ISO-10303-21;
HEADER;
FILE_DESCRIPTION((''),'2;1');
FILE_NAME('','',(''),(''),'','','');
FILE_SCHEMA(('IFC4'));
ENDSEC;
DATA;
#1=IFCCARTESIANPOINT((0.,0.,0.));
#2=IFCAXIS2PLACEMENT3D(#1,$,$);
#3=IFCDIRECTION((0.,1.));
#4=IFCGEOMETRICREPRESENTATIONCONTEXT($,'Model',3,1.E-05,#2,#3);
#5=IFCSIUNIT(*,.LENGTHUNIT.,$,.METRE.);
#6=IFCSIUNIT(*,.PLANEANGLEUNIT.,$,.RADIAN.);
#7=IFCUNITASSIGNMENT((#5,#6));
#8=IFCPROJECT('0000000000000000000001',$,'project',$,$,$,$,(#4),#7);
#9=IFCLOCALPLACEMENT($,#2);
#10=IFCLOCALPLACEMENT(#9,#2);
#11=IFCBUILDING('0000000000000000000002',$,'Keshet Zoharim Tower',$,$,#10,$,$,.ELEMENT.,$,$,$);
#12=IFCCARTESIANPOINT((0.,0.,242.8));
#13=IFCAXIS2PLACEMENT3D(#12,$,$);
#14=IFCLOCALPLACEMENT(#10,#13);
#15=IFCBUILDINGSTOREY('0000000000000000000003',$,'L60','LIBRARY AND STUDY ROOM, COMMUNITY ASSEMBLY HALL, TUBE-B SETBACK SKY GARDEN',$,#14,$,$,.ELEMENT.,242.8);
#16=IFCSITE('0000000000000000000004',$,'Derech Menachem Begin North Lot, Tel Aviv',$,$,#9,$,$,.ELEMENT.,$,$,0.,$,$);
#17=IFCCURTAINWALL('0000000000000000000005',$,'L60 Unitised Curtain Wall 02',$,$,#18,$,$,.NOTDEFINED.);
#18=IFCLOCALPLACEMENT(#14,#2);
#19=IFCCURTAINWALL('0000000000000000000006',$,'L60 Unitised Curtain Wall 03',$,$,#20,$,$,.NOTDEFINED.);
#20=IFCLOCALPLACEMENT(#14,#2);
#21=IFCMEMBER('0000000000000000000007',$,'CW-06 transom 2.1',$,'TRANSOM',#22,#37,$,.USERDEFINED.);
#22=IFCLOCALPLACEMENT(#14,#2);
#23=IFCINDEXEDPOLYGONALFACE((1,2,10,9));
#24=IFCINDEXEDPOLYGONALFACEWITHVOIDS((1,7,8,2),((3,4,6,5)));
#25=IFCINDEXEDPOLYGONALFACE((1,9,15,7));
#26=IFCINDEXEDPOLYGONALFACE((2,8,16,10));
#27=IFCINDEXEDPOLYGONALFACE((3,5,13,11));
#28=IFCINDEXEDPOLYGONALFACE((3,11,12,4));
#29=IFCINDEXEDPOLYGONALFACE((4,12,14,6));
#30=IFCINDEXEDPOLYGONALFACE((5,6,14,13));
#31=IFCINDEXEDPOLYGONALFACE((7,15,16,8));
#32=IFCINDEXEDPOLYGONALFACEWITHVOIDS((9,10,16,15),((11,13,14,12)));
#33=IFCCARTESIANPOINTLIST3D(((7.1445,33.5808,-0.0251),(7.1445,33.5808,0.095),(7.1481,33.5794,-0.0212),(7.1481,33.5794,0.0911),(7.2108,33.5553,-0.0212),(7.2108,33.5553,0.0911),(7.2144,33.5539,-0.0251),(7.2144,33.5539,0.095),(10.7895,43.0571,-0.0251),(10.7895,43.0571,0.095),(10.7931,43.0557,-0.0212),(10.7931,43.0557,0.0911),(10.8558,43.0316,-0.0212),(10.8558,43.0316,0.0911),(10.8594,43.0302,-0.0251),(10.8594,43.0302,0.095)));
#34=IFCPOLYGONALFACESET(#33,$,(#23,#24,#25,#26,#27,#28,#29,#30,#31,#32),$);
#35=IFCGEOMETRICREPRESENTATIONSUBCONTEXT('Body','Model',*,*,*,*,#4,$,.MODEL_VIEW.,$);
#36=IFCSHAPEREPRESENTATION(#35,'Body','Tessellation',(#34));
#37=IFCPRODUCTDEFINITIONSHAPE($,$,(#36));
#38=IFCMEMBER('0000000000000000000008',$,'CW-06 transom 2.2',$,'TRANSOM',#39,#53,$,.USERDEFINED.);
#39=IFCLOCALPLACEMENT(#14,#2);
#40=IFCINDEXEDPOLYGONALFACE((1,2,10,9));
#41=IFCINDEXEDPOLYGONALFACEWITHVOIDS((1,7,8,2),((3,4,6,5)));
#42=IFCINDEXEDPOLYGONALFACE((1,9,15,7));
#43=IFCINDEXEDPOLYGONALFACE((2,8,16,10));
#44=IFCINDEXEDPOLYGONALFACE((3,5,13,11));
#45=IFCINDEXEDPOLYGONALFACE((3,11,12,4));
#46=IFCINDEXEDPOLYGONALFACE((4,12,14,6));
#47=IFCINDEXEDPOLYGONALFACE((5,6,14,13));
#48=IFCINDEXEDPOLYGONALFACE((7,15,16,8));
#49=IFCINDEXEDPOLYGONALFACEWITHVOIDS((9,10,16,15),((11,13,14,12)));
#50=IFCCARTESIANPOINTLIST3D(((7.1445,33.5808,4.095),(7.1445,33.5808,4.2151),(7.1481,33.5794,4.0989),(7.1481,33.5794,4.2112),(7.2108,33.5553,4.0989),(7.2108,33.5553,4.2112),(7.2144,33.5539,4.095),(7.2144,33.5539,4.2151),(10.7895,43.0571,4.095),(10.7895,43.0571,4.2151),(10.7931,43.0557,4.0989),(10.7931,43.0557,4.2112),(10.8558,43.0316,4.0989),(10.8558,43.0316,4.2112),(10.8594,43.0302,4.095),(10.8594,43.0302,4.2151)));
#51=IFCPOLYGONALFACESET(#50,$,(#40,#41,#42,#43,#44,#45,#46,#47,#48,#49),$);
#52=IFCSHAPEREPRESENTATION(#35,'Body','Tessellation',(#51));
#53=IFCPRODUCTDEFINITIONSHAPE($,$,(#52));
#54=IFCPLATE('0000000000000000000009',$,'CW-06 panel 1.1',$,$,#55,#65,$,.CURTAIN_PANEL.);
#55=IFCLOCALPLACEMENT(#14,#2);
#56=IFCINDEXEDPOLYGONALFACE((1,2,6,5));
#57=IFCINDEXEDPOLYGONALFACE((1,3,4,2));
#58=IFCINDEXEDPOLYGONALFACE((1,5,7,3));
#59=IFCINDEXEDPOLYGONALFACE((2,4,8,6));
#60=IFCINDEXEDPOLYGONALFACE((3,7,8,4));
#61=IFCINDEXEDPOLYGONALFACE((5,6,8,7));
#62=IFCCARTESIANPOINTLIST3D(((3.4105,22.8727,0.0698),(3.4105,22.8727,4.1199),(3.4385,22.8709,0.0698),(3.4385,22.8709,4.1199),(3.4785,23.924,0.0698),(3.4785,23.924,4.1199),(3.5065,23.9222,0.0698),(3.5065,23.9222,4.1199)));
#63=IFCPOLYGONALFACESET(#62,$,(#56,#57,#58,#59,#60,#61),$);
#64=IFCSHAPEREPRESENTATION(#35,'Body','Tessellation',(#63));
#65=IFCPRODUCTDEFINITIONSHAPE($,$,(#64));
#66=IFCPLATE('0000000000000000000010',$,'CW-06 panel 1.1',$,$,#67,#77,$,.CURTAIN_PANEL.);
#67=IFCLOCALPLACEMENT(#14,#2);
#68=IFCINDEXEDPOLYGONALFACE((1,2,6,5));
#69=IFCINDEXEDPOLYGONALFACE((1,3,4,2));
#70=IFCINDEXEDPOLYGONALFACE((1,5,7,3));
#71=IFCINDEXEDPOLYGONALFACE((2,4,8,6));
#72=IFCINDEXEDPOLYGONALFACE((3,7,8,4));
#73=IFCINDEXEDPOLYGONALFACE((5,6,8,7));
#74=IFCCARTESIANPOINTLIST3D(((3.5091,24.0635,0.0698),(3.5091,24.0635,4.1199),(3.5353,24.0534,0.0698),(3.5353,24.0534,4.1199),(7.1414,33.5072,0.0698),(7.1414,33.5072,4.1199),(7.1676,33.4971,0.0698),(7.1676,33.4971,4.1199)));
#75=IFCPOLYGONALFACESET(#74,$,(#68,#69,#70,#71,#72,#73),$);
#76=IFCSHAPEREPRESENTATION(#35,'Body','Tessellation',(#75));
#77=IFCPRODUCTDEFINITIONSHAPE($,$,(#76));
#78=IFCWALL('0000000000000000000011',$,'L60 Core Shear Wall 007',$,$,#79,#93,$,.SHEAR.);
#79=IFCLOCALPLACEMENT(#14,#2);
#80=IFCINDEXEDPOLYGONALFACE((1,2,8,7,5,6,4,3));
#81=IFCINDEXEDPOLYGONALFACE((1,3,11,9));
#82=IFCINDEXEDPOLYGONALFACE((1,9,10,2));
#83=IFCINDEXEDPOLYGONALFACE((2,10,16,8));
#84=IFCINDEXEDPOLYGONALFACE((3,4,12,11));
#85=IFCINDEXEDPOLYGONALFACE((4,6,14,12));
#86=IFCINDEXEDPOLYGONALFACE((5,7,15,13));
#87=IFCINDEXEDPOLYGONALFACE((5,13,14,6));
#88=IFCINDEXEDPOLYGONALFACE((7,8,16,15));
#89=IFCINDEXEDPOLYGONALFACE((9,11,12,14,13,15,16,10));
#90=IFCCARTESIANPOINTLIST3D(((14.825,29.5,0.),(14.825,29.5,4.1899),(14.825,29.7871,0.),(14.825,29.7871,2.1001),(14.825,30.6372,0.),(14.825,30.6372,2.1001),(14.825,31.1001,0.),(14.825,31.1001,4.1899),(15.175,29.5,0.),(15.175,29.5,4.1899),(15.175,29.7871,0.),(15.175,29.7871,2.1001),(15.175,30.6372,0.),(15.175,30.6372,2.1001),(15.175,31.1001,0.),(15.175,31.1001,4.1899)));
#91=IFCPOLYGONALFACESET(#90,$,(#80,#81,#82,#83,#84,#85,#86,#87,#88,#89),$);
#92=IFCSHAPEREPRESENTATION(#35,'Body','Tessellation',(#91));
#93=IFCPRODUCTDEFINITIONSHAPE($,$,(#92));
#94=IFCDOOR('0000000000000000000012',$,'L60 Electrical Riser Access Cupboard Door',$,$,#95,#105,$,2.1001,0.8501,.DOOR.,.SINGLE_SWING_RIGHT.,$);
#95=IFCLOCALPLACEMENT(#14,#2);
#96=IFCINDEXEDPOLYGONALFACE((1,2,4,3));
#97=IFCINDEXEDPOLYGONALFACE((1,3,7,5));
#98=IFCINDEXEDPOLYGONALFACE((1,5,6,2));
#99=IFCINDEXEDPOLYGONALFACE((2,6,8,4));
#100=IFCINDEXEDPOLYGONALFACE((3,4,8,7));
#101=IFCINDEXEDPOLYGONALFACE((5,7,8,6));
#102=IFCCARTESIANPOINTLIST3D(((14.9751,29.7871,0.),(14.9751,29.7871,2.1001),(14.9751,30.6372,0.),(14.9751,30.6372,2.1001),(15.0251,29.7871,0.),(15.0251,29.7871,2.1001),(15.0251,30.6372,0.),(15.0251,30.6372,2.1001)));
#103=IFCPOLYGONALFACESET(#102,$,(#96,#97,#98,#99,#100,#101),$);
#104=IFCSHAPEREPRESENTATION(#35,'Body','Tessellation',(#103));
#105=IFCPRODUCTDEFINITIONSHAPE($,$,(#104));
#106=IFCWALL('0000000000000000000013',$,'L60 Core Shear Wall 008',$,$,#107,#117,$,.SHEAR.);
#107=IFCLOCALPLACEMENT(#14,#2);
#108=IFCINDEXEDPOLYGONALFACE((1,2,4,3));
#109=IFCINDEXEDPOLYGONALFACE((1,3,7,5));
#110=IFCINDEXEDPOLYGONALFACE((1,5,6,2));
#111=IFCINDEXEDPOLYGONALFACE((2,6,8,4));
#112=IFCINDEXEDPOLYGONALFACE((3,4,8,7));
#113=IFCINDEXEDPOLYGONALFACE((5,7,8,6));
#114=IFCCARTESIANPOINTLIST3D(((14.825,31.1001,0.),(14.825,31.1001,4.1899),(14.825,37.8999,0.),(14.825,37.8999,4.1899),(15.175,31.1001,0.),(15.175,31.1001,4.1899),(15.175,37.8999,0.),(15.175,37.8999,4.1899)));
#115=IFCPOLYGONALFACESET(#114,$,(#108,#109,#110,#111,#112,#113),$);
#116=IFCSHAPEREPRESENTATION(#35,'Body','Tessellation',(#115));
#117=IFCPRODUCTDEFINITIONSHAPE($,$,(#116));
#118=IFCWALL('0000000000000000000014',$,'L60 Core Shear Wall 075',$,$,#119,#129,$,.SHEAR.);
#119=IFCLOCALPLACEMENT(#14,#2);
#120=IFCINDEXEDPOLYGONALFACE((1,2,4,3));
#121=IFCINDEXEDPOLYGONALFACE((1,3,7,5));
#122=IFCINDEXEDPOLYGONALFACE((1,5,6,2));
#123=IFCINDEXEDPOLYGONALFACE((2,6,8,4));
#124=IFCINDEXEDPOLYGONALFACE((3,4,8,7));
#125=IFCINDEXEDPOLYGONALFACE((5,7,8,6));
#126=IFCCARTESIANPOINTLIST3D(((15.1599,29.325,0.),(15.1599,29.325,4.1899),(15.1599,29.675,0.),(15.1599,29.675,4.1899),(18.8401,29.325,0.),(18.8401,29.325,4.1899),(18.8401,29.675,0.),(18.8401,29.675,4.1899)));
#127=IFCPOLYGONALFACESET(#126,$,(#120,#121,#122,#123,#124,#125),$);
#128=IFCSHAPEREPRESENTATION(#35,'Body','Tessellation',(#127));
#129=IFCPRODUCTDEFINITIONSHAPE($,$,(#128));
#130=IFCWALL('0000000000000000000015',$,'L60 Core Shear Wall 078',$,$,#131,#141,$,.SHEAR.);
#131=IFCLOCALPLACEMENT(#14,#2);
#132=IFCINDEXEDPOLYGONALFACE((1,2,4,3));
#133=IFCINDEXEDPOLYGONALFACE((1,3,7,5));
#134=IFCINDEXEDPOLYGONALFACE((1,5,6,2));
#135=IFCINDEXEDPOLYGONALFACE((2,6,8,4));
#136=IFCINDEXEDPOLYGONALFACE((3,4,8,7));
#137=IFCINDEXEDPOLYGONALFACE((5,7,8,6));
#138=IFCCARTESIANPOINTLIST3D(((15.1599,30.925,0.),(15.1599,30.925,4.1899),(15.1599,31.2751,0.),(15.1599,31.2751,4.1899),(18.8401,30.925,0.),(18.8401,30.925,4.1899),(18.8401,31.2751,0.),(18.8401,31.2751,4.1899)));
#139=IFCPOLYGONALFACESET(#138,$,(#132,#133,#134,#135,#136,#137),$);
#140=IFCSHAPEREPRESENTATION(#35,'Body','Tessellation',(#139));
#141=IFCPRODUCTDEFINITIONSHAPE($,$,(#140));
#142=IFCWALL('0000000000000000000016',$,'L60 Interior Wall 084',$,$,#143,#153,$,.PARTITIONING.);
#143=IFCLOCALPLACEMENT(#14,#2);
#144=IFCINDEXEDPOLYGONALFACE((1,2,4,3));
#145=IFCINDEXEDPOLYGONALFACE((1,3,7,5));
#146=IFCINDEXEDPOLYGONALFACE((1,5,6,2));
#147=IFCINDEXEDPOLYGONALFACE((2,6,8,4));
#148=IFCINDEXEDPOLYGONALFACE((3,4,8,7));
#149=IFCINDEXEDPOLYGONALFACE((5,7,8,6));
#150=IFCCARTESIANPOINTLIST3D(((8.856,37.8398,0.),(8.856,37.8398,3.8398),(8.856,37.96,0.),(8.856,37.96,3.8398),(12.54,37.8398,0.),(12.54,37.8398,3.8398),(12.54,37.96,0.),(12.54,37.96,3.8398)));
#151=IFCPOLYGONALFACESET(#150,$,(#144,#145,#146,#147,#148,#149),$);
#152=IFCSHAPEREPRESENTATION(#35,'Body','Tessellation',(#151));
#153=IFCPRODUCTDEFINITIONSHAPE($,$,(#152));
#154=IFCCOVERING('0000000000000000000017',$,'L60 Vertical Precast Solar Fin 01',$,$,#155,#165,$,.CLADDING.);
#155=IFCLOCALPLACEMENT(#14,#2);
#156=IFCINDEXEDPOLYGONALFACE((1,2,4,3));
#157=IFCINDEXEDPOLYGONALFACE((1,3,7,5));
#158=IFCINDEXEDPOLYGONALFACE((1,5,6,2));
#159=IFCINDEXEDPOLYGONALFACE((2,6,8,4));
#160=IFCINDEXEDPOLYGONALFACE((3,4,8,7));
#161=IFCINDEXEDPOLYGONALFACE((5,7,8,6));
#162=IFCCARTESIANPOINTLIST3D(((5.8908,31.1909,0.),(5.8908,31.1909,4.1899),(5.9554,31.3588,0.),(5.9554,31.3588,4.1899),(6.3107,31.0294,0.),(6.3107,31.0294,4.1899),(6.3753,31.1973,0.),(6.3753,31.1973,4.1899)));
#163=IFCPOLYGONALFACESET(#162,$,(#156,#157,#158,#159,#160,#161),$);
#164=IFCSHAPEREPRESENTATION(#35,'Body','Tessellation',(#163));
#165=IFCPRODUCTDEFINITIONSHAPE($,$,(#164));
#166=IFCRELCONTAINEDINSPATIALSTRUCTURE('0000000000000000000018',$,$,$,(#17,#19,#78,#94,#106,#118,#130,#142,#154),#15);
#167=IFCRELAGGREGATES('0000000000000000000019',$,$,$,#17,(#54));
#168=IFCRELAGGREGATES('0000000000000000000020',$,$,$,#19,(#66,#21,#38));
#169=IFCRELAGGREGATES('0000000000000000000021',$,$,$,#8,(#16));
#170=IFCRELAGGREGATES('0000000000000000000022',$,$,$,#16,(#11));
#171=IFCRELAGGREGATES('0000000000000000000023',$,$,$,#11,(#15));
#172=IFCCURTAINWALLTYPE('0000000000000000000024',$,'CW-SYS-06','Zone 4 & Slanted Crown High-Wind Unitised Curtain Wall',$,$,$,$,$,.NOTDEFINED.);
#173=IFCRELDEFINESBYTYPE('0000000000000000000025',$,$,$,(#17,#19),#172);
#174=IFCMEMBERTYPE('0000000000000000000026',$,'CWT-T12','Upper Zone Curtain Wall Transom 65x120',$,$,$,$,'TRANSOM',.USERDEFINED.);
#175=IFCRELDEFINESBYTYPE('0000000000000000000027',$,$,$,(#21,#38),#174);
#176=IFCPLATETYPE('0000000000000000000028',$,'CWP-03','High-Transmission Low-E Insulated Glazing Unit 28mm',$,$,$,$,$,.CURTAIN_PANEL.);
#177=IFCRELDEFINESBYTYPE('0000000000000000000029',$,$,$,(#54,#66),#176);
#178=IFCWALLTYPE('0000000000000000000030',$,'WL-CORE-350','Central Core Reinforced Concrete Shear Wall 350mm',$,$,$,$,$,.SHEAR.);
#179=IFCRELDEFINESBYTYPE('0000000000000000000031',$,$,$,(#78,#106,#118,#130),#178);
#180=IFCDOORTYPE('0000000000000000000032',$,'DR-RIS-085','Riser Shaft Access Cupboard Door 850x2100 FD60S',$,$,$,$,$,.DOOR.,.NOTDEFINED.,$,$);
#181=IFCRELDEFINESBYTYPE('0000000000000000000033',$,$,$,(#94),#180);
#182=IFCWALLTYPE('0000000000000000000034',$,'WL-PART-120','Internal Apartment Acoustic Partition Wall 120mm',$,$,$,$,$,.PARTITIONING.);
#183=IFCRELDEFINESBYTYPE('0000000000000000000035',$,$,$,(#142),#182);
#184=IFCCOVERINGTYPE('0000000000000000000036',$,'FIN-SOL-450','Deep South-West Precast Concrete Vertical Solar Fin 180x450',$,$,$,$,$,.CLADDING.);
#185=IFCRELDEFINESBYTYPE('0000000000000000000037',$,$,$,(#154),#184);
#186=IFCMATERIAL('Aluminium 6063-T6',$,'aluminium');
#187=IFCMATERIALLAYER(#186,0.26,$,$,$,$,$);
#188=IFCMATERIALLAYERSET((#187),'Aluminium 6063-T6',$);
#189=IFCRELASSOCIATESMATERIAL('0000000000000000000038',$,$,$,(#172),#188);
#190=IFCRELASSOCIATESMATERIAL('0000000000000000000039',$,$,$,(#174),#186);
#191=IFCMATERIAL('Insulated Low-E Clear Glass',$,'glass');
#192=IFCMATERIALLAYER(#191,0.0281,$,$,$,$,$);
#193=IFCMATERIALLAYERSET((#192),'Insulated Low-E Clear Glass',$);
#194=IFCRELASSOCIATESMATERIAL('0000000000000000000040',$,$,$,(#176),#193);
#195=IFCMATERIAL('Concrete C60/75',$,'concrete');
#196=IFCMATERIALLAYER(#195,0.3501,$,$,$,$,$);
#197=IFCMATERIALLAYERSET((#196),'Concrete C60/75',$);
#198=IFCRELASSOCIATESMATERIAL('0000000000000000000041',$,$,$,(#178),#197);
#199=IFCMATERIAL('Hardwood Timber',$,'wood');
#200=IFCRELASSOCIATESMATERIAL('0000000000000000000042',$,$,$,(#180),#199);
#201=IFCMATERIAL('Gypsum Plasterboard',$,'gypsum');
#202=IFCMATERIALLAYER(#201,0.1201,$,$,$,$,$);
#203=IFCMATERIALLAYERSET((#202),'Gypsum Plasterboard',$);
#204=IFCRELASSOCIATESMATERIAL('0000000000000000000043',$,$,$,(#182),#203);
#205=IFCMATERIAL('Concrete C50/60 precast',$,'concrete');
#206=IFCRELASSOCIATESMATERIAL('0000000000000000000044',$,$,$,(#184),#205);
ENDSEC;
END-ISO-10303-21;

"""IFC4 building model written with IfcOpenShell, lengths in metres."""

from ifc_helpers import new_model, si_unit, direction, frame, frame_2d, origin, origin_2d, place, context, subcontext, project, spatial, rectangle, hollow_rectangle, extrude, material, layer, layer_set, material_profile, profile_set, type_object, element, fill, aggregate, save


model = new_model("IFC4")

# Units and contexts
model_context = context("Model", 3, precision=1e-05, world=origin(), true_north=direction((0.0, 1.0)))
body_context = subcontext(model_context, "Body", "Model", "MODEL_VIEW")
ifc_project = project(units=[si_unit("LENGTHUNIT", "METRE"), si_unit("PLANEANGLEUNIT", "RADIAN")], contexts=[model_context])

# Site, building, storey
site_placement = place(None, origin())
site = spatial("IfcSite", under=ifc_project, at=site_placement, Name="Derech Menachem Begin North Lot, Tel Aviv", CompositionType="ELEMENT", RefElevation=0.0)
building_placement = place(site_placement, origin())
building = spatial("IfcBuilding", under=site, at=building_placement, Name="Keshet Zoharim Tower", CompositionType="ELEMENT")
storey_placement = place(building_placement, frame((0.0, 0.0, 242.8)))
storey = spatial("IfcBuildingStorey", under=building, at=storey_placement, Name="L60", Description="LIBRARY AND STUDY ROOM, COMMUNITY ASSEMBLY HALL, TUBE-B SETBACK SKY GARDEN", CompositionType="ELEMENT", Elevation=242.8)

# Curtain wall
ifc_material_1 = material(Name="Aluminium 6063-T6", Category="aluminium")
ifc_layer_1 = layer(ifc_material_1, 0.26)
ifc_layer_set_1 = layer_set([ifc_layer_1], Name="Aluminium 6063-T6")
curtain_wall_type = type_object("IfcCurtainWallType", Name="CW-SYS-06", Description="Zone 4 & Slanted Crown High-Wind Unitised Curtain Wall", PredefinedType="NOTDEFINED", material=ifc_layer_set_1)
curtain_wall_1_placement = place(storey_placement, origin())
curtain_wall_1 = element("IfcCurtainWall", 1, at=curtain_wall_1_placement, inside=storey, type_object=curtain_wall_type, Name="L60 Unitised Curtain Wall 02", PredefinedType="NOTDEFINED")

# Curtain wall, members
curtain_wall_2_placement = place(storey_placement, origin())
curtain_wall_2 = element("IfcCurtainWall", 2, at=curtain_wall_2_placement, inside=storey, type_object=curtain_wall_type, Name="L60 Unitised Curtain Wall 03", PredefinedType="NOTDEFINED")
ifc_material_profile_1 = material_profile(ifc_material_1, hollow_rectangle(XDim=0.075, YDim=0.1201, WallThickness=0.0039, at=origin_2d()), Name="TRN-75x120")
ifc_profile_set_1 = profile_set([ifc_material_profile_1], Name="Aluminium 6063-T6")
member_type_1 = type_object("IfcMemberType", Name="CWT-T12", Description="Upper Zone Curtain Wall Transom 65x120", ElementType="TRANSOM", PredefinedType="USERDEFINED", material=ifc_profile_set_1)
member_1_placement = place(storey_placement, frame((7.1794, 33.5674, 0.0349), z_axis=(0.359003, 0.933336, 0.0), x_axis=(-0.933336, 0.359003, 0.0)))
member_1 = element("IfcMember", 3, at=member_1_placement, type_object=member_type_1, Name="CW-06 transom 2.1", ObjectType="TRANSOM", PredefinedType="USERDEFINED", context=body_context, shape_type="SweptSolid", body=[
    extrude(hollow_rectangle(XDim=0.075, YDim=0.1201, WallThickness=0.0039, at=origin_2d()), origin(), (0.0, 0.0, 1.0), 10.1531),
])
member_2_placement = place(storey_placement, frame((7.1794, 33.5674, 4.155), z_axis=(0.359003, 0.933336, 0.0), x_axis=(-0.933336, 0.359003, 0.0)))
member_2 = element("IfcMember", 4, at=member_2_placement, type_object=member_type_1, Name="CW-06 transom 2.2", ObjectType="TRANSOM", PredefinedType="USERDEFINED", context=body_context, shape_type="SweptSolid", body=[
    extrude(hollow_rectangle(XDim=0.075, YDim=0.1201, WallThickness=0.0039, at=origin_2d()), origin(), (0.0, 0.0, 1.0), 10.1531),
])

# Plates
ifc_material_2 = material(Name="Insulated Low-E Clear Glass", Category="glass")
ifc_layer_2 = layer(ifc_material_2, 0.0281)
ifc_layer_set_2 = layer_set([ifc_layer_2], Name="Insulated Low-E Clear Glass")
plate_type = type_object("IfcPlateType", Name="CWP-03", Description="High-Transmission Low-E Insulated Glazing Unit 28mm", PredefinedType="CURTAIN_PANEL", material=ifc_layer_set_2)
plate_1_placement = place(storey_placement, frame((3.4585, 23.3975, 0.0698), z_axis=(0.0, 0.0, 1.0), x_axis=(0.064517, 0.997917, 0.0)))
plate_1 = element("IfcPlate", 5, at=plate_1_placement, type_object=plate_type, Name="CW-06 panel 1.1", PredefinedType="CURTAIN_PANEL", context=body_context, shape_type="SweptSolid", body=[
    extrude(rectangle(XDim=1.0535, YDim=0.0281, at=origin_2d()), origin(), (0.0, 0.0, 1.0), 4.05),
])
aggregate(curtain_wall_1, [plate_1])
plate_2_placement = place(storey_placement, frame((5.3384, 28.7803, 0.0698), z_axis=(0.0, 0.0, 1.0), x_axis=(0.35899, 0.933341, 0.0)))
plate_2 = element("IfcPlate", 6, at=plate_2_placement, type_object=plate_type, Name="CW-06 panel 1.1", PredefinedType="CURTAIN_PANEL", context=body_context, shape_type="SweptSolid", body=[
    extrude(rectangle(XDim=10.1182, YDim=0.0281, at=origin_2d()), origin(), (0.0, 0.0, 1.0), 4.05),
])
aggregate(curtain_wall_2, [plate_2, member_1, member_2])

# Wall, opening, door
ifc_material_3 = material(Name="Gypsum Plasterboard", Category="gypsum")
ifc_material_4 = material(Name="Hardwood Timber", Category="wood")
ifc_material_5 = material(Name="Concrete C60/75", Category="concrete")
ifc_layer_3 = layer(ifc_material_5, 0.3501)
ifc_layer_set_3 = layer_set([ifc_layer_3], Name="Concrete C60/75")
wall_type_1 = type_object("IfcWallType", Name="WL-CORE-350", Description="Central Core Reinforced Concrete Shear Wall 350mm", PredefinedType="SHEAR", material=ifc_layer_set_3)
wall_1_placement = place(storey_placement, frame((15.0, 29.5, 0.0), z_axis=(0.0, 0.0, 1.0), x_axis=(0.0, 1.0, 0.0)))
wall_1 = element("IfcWall", 7, at=wall_1_placement, inside=storey, type_object=wall_type_1, Name="L60 Core Shear Wall 007", PredefinedType="SHEAR", context=body_context, shape_type="SweptSolid", body=[
    extrude(rectangle(XDim=1.6001, YDim=0.3501, at=frame_2d((0.8, 0.0))), origin(), (0.0, 0.0, 1.0), 4.1899),
])
opening_1_placement = place(wall_1_placement, frame((0.2871, 0.0, 0.0)))
opening_1 = element("IfcOpeningElement", 8, at=opening_1_placement, cuts=wall_1, PredefinedType="OPENING", context=body_context, shape_type="SweptSolid", body=[
    extrude(rectangle(XDim=0.8501, YDim=2.1001, at=frame_2d((0.425, 1.05))), frame((0.0, 0.1851, 0.0), z_axis=(0.0, -1.0, 0.0), x_axis=(1.0, 0.0, 0.0)), (0.0, 0.0, 1.0), 0.3701),
])
door_type_1 = type_object("IfcDoorType", Name="DR-RIS-085", Description="Riser Shaft Access Cupboard Door 850x2100 FD60S", OperationType="NOTDEFINED", PredefinedType="DOOR", material=ifc_material_4)
door_1_placement = place(opening_1_placement, origin())
door_1 = element("IfcDoor", 9, at=door_1_placement, inside=storey, type_object=door_type_1, Name="L60 Electrical Riser Access Cupboard Door", OperationType="SINGLE_SWING_RIGHT", OverallHeight=2.1001, OverallWidth=0.8501, PredefinedType="DOOR", context=body_context, shape_type="SweptSolid", body=[
    extrude(rectangle(XDim=0.8501, YDim=2.1001, at=frame_2d((0.425, 1.05))), frame((0.0, 0.0249, 0.0), z_axis=(0.0, -1.0, 0.0), x_axis=(1.0, 0.0, 0.0)), (0.0, 0.0, 1.0), 0.05),
])
fill(opening_1, door_1)

# Walls
wall_2_placement = place(storey_placement, frame((15.0, 31.1001, 0.0), z_axis=(0.0, 0.0, 1.0), x_axis=(0.0, 1.0, 0.0)))
element("IfcWall", 10, at=wall_2_placement, inside=storey, type_object=wall_type_1, Name="L60 Core Shear Wall 008", PredefinedType="SHEAR", context=body_context, shape_type="SweptSolid", body=[
    extrude(rectangle(XDim=6.7998, YDim=0.3501, at=frame_2d((3.3999, 0.0))), origin(), (0.0, 0.0, 1.0), 4.1899),
])
for number, where, z_axis, x_axis, name in (
    (11, (15.1599, 29.5, 0.0), (0.0, 0.0, 1.0), (1.0, 0.0, 0.0), "L60 Core Shear Wall 075"),
    (12, (15.1599, 31.1001, 0.0), (0.0, 0.0, 1.0), (1.0, 0.0, 0.0), "L60 Core Shear Wall 078"),
):
    element("IfcWall", number, at=place(storey_placement, frame(where, z_axis=z_axis, x_axis=x_axis)), inside=storey, type_object=wall_type_1, Name=name, PredefinedType="SHEAR", context=body_context, shape_type="SweptSolid", body=[
        extrude(rectangle(XDim=3.6802, YDim=0.3501, at=frame_2d((1.8401, 0.0))), origin(), (0.0, 0.0, 1.0), 4.1899),
    ])
ifc_layer_4 = layer(ifc_material_3, 0.1201)
ifc_layer_set_4 = layer_set([ifc_layer_4], Name="Gypsum Plasterboard")
wall_type_2 = type_object("IfcWallType", Name="WL-PART-120", Description="Internal Apartment Acoustic Partition Wall 120mm", PredefinedType="PARTITIONING", material=ifc_layer_set_4)
wall_3_placement = place(storey_placement, frame((8.856, 37.8999, 0.0), z_axis=(0.0, 0.0, 1.0), x_axis=(1.0, 0.0, 0.0)))
element("IfcWall", 13, at=wall_3_placement, inside=storey, type_object=wall_type_2, Name="L60 Interior Wall 084", PredefinedType="PARTITIONING", context=body_context, shape_type="SweptSolid", body=[
    extrude(rectangle(XDim=3.6841, YDim=0.1201, at=frame_2d((1.842, 0.0))), origin(), (0.0, 0.0, 1.0), 3.8398),
])

# Covering
ifc_material_6 = material(Name="Concrete C50/60 precast", Category="concrete")
covering_type = type_object("IfcCoveringType", Name="FIN-SOL-450", Description="Deep South-West Precast Concrete Vertical Solar Fin 180x450", PredefinedType="CLADDING", material=ifc_material_6)
covering_placement = place(storey_placement, frame((6.1331, 31.1941, 0.0), z_axis=(0.0, 0.0, 1.0), x_axis=(0.35899, 0.933341, 0.0)))
element("IfcCovering", 14, at=covering_placement, inside=storey, type_object=covering_type, Name="L60 Vertical Precast Solar Fin 01", PredefinedType="CLADDING", context=body_context, shape_type="SweptSolid", body=[
    extrude(rectangle(XDim=0.1799, YDim=0.45, at=origin_2d()), origin(), (0.0, 0.0, 1.0), 4.1899),
])

save(model, "model.ifc")
